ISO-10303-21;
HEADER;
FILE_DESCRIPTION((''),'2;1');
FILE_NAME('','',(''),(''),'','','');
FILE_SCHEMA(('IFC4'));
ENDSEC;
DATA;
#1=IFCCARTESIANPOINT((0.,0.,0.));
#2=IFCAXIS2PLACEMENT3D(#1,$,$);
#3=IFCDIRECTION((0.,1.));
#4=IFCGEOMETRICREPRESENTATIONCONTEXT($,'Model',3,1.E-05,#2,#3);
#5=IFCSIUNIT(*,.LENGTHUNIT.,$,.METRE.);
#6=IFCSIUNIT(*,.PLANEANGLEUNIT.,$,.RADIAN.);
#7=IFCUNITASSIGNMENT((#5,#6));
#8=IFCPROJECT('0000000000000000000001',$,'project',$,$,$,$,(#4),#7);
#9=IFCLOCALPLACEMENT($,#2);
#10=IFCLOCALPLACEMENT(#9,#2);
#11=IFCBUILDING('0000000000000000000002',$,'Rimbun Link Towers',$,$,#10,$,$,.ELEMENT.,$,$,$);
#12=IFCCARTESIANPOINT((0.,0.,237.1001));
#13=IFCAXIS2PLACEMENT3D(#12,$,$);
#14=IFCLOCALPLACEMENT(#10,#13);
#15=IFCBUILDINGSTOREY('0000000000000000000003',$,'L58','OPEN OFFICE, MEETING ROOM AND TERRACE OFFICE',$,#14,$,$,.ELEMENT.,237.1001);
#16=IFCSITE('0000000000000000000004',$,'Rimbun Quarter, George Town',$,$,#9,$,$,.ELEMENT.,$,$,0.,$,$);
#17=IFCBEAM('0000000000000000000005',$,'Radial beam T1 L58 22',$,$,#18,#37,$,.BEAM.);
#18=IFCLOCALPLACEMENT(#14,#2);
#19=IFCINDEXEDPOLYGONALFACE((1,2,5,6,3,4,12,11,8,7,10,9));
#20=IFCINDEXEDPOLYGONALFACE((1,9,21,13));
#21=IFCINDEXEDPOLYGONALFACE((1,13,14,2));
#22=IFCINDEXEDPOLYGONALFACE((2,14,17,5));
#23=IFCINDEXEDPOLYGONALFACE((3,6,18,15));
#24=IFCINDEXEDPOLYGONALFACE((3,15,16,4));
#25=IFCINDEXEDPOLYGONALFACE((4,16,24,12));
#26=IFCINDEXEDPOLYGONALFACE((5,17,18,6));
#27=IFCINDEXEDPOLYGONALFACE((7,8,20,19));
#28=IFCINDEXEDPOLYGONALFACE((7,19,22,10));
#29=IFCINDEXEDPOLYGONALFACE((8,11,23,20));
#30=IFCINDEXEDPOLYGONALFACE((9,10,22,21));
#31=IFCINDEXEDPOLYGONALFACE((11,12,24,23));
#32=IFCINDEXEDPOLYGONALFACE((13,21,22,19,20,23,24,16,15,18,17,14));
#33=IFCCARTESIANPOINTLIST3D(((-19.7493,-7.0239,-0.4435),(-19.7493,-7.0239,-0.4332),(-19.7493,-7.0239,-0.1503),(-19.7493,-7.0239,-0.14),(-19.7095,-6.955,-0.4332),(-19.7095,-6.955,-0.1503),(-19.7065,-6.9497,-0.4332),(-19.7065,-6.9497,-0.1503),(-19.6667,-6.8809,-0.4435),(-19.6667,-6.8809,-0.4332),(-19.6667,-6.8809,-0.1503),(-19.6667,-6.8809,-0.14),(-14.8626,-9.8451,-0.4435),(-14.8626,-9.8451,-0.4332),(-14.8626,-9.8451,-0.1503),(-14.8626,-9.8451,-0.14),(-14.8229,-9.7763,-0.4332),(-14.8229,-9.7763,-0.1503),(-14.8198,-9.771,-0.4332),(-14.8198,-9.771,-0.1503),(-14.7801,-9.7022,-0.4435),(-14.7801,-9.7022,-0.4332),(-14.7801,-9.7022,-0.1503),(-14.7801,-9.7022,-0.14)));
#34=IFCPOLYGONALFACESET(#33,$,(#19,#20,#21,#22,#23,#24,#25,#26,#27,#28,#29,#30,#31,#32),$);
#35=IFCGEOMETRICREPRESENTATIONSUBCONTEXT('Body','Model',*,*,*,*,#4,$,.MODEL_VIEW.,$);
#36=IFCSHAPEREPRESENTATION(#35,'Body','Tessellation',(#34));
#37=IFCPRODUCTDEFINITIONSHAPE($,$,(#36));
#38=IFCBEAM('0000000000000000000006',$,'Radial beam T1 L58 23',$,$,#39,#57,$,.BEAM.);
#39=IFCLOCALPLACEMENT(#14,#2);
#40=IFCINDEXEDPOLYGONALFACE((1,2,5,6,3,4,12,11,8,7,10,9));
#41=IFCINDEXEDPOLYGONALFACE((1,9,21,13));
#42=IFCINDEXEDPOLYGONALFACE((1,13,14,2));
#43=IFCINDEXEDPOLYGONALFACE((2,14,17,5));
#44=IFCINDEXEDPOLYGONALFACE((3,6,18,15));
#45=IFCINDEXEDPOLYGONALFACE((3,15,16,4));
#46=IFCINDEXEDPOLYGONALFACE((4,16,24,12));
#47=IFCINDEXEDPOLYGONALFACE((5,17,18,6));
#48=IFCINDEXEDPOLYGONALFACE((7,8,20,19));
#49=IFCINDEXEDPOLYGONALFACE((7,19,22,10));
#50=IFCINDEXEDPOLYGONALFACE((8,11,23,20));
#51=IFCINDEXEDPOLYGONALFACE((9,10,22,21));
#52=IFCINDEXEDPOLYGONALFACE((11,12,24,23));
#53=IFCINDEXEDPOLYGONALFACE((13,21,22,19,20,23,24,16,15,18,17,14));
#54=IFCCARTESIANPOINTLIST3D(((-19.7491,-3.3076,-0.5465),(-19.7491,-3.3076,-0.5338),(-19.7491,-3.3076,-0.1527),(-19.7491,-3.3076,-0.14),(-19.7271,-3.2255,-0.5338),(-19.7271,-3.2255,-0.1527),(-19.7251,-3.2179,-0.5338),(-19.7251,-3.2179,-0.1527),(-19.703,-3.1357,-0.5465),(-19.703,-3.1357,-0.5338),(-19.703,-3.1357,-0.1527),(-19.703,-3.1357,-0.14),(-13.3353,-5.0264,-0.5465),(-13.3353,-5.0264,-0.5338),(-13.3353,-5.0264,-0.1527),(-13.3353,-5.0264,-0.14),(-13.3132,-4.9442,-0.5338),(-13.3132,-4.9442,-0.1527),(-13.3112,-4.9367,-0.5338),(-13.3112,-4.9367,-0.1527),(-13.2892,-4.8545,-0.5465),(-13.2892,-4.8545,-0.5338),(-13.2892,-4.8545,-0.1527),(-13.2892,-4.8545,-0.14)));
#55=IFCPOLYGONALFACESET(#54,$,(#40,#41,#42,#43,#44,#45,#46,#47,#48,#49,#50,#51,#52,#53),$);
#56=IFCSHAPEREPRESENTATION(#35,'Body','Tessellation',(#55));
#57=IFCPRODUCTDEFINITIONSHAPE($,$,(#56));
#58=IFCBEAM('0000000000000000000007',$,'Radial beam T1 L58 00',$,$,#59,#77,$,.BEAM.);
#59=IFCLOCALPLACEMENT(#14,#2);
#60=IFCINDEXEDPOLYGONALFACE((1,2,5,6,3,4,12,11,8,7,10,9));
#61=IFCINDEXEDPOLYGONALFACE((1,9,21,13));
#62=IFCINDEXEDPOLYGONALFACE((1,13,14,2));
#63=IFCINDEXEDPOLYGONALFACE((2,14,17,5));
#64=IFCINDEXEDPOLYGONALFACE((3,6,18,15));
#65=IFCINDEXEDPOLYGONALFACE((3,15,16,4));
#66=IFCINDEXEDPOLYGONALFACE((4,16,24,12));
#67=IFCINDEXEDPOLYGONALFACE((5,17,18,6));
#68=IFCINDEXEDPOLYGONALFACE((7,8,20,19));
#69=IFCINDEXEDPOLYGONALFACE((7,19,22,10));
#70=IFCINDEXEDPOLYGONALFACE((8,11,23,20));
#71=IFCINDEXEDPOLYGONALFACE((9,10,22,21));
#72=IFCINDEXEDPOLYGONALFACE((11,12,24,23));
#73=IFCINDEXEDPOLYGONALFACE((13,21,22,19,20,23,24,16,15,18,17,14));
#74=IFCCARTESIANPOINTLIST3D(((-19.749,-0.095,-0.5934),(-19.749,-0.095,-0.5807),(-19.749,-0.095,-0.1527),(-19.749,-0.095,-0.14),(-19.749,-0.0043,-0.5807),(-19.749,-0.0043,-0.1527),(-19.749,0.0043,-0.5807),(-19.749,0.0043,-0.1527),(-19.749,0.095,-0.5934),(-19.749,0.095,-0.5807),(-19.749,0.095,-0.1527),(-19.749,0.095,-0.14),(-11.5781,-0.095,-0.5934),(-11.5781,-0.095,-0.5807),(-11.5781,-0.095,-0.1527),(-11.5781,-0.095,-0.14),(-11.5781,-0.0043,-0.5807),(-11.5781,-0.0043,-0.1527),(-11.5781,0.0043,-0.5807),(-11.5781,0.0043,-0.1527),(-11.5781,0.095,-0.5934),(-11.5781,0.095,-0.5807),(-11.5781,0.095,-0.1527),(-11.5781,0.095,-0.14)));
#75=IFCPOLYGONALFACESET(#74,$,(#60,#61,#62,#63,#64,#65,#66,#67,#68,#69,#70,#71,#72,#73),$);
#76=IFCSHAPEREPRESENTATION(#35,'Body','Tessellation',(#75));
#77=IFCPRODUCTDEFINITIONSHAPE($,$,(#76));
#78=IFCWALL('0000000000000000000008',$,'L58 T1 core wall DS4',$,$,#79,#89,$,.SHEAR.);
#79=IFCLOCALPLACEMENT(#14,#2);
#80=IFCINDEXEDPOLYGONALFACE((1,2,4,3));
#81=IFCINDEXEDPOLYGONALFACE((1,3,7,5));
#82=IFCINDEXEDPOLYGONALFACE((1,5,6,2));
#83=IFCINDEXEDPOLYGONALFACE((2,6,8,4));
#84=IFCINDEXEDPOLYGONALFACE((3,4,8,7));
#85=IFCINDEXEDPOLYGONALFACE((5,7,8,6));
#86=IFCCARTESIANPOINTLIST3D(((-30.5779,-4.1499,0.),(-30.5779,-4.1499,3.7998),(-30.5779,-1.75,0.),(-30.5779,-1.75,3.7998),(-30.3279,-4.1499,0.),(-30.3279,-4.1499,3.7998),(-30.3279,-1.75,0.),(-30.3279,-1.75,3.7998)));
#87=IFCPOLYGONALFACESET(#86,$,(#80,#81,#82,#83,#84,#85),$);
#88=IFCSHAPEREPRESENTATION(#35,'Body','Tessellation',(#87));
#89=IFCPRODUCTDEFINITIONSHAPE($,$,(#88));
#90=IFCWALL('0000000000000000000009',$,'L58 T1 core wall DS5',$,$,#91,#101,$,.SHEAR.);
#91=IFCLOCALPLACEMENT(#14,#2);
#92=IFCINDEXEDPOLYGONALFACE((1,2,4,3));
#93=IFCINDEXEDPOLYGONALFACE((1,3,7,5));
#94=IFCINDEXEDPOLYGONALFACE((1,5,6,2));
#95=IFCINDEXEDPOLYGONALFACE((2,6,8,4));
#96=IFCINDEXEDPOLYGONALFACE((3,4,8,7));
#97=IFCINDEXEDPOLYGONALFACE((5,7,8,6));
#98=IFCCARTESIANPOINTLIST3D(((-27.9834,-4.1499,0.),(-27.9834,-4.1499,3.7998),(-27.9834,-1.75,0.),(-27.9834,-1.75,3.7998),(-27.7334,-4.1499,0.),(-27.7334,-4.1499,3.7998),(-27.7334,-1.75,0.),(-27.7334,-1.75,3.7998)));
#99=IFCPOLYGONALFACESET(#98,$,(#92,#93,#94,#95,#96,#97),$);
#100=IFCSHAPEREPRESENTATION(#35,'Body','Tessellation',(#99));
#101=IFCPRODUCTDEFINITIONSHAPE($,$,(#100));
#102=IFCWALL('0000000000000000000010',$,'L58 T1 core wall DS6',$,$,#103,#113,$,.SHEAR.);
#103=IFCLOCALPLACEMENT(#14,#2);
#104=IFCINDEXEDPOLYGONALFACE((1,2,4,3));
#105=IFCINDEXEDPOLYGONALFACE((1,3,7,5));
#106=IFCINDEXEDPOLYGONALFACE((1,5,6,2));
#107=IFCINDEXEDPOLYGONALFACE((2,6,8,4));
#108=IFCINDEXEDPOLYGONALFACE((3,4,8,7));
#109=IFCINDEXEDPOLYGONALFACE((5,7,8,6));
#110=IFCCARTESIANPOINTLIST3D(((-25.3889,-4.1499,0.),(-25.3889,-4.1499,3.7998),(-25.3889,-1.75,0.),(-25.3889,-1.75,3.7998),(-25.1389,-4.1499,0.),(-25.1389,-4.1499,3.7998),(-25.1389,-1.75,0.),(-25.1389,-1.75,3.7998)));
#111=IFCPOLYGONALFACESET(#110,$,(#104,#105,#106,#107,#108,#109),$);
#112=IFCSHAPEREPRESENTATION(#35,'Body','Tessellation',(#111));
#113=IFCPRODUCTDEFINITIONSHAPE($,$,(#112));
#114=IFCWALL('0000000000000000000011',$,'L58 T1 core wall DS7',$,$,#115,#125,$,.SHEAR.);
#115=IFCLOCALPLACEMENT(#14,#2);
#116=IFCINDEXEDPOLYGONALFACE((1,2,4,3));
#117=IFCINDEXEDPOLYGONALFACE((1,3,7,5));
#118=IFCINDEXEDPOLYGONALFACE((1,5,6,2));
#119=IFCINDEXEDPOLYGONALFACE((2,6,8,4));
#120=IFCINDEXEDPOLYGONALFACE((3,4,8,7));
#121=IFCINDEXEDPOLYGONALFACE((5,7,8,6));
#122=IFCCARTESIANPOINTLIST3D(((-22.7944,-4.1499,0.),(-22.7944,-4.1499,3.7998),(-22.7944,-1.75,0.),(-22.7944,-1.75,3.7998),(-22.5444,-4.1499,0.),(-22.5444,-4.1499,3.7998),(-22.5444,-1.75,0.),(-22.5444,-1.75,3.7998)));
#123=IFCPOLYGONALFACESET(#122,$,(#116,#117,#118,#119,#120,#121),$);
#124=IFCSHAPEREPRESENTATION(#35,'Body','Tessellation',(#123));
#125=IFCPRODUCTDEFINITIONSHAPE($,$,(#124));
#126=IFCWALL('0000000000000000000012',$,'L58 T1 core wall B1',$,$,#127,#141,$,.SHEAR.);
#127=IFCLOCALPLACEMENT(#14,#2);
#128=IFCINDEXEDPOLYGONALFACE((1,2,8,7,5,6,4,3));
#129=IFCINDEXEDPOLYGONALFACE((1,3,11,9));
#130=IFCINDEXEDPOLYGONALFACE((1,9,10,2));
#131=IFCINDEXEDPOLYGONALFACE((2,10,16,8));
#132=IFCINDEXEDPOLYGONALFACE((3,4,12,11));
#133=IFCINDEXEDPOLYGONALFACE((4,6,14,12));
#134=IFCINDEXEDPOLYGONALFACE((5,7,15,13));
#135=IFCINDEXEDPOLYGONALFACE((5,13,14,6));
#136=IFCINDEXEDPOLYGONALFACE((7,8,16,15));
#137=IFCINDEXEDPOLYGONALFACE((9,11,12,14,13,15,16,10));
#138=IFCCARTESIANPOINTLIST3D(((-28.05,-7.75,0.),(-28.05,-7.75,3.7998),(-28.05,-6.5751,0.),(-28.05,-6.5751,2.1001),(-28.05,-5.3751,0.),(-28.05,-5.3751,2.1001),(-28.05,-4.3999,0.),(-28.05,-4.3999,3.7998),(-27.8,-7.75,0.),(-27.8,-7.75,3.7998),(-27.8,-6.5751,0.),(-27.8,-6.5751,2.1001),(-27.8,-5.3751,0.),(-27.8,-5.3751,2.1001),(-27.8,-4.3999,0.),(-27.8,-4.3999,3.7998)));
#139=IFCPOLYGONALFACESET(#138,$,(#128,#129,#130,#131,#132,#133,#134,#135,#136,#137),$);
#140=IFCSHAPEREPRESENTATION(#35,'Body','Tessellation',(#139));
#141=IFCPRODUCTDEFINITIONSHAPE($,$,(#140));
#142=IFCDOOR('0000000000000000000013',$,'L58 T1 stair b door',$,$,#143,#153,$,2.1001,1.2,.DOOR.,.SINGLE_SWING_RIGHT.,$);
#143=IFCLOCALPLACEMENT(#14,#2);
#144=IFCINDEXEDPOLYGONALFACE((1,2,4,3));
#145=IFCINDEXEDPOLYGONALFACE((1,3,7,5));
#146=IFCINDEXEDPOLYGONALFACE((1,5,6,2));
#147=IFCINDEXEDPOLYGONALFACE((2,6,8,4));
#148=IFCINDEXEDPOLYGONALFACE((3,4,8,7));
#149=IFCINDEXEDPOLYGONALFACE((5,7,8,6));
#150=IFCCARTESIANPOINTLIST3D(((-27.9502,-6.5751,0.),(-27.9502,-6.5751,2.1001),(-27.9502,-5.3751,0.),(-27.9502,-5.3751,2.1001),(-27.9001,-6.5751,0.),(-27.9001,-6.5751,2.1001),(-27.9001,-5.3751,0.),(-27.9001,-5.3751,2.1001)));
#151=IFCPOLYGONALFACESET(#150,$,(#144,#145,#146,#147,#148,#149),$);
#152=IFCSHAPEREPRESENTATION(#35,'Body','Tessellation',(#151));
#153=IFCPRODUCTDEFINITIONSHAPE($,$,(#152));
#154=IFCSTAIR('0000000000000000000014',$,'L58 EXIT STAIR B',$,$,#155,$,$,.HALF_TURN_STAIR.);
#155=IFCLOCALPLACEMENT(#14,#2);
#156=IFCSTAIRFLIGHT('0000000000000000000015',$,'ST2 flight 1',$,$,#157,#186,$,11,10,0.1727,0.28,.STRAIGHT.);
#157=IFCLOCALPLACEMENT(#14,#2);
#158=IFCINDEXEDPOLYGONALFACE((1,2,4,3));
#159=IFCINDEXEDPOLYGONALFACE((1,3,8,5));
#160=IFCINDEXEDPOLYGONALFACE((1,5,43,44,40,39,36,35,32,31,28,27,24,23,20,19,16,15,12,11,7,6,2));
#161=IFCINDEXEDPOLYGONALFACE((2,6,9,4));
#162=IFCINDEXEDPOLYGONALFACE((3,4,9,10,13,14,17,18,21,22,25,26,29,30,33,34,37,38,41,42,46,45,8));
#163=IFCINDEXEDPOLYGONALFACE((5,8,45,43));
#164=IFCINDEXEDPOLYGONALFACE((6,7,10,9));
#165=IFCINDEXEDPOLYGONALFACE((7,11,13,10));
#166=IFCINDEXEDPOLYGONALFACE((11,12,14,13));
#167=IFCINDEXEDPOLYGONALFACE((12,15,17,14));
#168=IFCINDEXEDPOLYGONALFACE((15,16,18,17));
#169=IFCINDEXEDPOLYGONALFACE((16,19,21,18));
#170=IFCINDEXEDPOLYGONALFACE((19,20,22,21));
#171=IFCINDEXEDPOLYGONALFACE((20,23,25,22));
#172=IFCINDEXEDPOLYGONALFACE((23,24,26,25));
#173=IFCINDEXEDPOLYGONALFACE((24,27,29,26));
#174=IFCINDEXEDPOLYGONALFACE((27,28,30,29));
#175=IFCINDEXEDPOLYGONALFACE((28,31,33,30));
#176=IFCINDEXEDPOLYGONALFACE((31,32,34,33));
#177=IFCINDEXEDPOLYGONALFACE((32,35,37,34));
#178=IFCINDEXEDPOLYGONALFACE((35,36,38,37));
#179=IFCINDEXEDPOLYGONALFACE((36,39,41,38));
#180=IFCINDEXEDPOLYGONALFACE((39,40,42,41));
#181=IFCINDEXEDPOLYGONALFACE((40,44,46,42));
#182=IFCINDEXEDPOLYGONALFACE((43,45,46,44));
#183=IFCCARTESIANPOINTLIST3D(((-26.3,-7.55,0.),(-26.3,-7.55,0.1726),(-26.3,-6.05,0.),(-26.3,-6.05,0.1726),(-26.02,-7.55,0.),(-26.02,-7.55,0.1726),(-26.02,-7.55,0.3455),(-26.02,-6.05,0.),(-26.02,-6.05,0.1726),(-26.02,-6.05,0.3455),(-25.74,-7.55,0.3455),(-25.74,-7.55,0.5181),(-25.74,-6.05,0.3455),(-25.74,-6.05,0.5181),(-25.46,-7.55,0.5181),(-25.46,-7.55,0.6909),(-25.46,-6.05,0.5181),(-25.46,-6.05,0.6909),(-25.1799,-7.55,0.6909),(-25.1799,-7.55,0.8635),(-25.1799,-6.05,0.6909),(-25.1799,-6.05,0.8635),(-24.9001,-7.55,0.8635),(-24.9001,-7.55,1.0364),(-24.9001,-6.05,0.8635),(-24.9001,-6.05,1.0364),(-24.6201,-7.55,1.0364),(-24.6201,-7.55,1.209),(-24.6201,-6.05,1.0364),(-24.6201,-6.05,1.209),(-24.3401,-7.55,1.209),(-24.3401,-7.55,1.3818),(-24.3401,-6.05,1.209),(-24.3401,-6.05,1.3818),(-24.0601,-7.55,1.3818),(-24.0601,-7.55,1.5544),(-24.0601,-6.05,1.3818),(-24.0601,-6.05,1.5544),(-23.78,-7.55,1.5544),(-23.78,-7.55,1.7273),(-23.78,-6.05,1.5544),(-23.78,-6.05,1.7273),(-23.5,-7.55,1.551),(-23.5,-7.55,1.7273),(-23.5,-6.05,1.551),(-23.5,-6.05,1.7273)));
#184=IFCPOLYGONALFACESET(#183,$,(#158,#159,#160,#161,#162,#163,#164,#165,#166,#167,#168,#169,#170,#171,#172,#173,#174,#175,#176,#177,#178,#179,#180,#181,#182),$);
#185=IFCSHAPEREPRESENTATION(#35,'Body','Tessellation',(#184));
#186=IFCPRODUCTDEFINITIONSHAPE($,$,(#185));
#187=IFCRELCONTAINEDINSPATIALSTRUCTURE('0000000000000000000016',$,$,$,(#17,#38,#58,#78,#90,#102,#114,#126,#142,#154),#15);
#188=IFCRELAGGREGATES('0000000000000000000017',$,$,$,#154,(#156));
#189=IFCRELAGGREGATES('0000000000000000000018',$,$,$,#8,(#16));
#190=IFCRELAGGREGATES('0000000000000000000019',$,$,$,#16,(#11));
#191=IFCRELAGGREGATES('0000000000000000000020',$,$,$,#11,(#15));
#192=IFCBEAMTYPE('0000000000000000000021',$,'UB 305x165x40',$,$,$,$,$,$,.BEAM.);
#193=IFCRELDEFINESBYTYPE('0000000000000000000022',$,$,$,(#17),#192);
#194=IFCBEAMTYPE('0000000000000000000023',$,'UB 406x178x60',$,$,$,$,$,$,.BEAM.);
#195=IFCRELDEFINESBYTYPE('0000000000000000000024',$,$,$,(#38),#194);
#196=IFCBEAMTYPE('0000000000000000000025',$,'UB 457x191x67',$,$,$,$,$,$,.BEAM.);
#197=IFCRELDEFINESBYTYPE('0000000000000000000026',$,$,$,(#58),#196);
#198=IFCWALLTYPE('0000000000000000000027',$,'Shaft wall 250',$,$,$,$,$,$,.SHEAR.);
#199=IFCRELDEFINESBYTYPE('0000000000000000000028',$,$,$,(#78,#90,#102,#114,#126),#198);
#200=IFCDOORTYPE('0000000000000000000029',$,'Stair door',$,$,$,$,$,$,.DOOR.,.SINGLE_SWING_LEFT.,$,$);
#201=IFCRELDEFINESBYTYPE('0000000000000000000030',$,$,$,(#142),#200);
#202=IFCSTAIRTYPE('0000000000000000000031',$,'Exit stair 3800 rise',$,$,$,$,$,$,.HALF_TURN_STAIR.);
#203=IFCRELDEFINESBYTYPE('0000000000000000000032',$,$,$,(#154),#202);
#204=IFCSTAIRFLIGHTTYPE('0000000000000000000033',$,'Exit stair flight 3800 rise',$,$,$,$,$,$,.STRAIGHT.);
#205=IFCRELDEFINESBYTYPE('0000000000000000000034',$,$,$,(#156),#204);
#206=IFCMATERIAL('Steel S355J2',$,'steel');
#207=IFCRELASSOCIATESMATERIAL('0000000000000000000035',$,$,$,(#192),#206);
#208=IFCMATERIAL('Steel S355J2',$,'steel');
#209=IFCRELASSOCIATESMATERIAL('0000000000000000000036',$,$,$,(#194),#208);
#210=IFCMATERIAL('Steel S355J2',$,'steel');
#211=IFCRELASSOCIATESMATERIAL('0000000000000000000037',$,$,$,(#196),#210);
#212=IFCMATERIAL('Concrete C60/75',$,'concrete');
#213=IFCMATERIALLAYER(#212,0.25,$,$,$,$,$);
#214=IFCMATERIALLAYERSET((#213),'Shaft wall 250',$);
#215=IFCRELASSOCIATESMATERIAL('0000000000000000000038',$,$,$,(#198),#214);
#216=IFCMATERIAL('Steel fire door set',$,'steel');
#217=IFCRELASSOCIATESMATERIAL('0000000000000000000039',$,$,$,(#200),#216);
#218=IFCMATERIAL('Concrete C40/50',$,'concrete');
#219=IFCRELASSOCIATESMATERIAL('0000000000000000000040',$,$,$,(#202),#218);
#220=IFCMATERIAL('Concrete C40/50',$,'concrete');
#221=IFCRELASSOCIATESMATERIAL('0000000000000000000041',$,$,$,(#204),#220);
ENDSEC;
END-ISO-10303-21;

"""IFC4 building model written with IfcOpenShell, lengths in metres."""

from ifc_helpers import new_model, si_unit, direction, frame, frame_2d, origin, origin_2d, place, context, subcontext, project, spatial, polyline, rectangle, i_section, outline, extrude, material, layer, layer_set, material_profile, profile_set, type_object, element, fill, aggregate, save


model = new_model("IFC4")

# Units and contexts
model_context = context("Model", 3, precision=1e-05, world=origin(), true_north=direction((0.0, 1.0)))
body_context = subcontext(model_context, "Body", "Model", "MODEL_VIEW")
ifc_project = project(units=[si_unit("LENGTHUNIT", "METRE"), si_unit("PLANEANGLEUNIT", "RADIAN")], contexts=[model_context])

# Site, building, storey
site_placement = place(None, origin())
site = spatial("IfcSite", under=ifc_project, at=site_placement, Name="Rimbun Quarter, George Town", CompositionType="ELEMENT", RefElevation=0.0)
building_placement = place(site_placement, origin())
building = spatial("IfcBuilding", under=site, at=building_placement, Name="Rimbun Link Towers", CompositionType="ELEMENT")
storey_placement = place(building_placement, frame((0.0, 0.0, 237.1001)))
storey = spatial("IfcBuildingStorey", under=building, at=storey_placement, Name="L58", Description="OPEN OFFICE, MEETING ROOM AND TERRACE OFFICE", CompositionType="ELEMENT", Elevation=237.1001)

# Beams
ifc_material_1 = material(Name="Steel S355J2", Category="steel")
ifc_material_profile_1 = material_profile(ifc_material_1, i_section(OverallWidth=0.165, OverallDepth=0.3035, WebThickness=0.0061, FlangeThickness=0.0103, at=origin_2d()), Name="UB 305x165x40")
ifc_profile_set_1 = profile_set([ifc_material_profile_1], Name="Steel S355J2")
beam_type_1 = type_object("IfcBeamType", Name="UB 305x165x40", PredefinedType="BEAM", material=ifc_profile_set_1)
beam_1_placement = place(storey_placement, frame((-19.708, -6.9524, -0.2917), z_axis=(0.86603, -0.499992, 0.0), x_axis=(0.499992, 0.86603, 0.0)))
element("IfcBeam", 1, at=beam_1_placement, inside=storey, type_object=beam_type_1, Name="Radial beam T1 L58 22", PredefinedType="BEAM", context=body_context, shape_type="SweptSolid", body=[
    extrude(i_section(OverallWidth=0.165, OverallDepth=0.3035, WebThickness=0.0061, FlangeThickness=0.0103, at=origin_2d()), origin(), (0.0, 0.0, 1.0), 5.6426),
])
ifc_material_2 = material(Name="Steel S355J2", Category="steel")
ifc_material_profile_2 = material_profile(ifc_material_2, i_section(OverallWidth=0.178, OverallDepth=0.4065, WebThickness=0.0078, FlangeThickness=0.0127, at=origin_2d()), Name="UB 406x178x60")
ifc_profile_set_2 = profile_set([ifc_material_profile_2], Name="Steel S355J2")
beam_type_2 = type_object("IfcBeamType", Name="UB 406x178x60", PredefinedType="BEAM", material=ifc_profile_set_2)
beam_2_placement = place(storey_placement, frame((-19.7261, -3.2217, -0.3433), z_axis=(0.965919, -0.258843, 0.0), x_axis=(0.258843, 0.965919, 0.0)))
element("IfcBeam", 2, at=beam_2_placement, inside=storey, type_object=beam_type_2, Name="Radial beam T1 L58 23", PredefinedType="BEAM", context=body_context, shape_type="SweptSolid", body=[
    extrude(i_section(OverallWidth=0.178, OverallDepth=0.4065, WebThickness=0.0078, FlangeThickness=0.0127, at=origin_2d()), origin(), (0.0, 0.0, 1.0), 6.6401),
])
ifc_material_3 = material(Name="Steel S355J2", Category="steel")
ifc_material_profile_3 = material_profile(ifc_material_3, i_section(OverallWidth=0.1899, OverallDepth=0.4534, WebThickness=0.0085, FlangeThickness=0.0127, at=origin_2d()), Name="UB 457x191x67")
ifc_profile_set_3 = profile_set([ifc_material_profile_3], Name="Steel S355J2")
beam_type_3 = type_object("IfcBeamType", Name="UB 457x191x67", PredefinedType="BEAM", material=ifc_profile_set_3)
beam_3_placement = place(storey_placement, frame((-19.749, 0.0, -0.3667), z_axis=(1.0, 0.0, 0.0), x_axis=(0.0, 1.0, 0.0)))
element("IfcBeam", 3, at=beam_3_placement, inside=storey, type_object=beam_type_3, Name="Radial beam T1 L58 00", PredefinedType="BEAM", context=body_context, shape_type="SweptSolid", body=[
    extrude(i_section(OverallWidth=0.1899, OverallDepth=0.4534, WebThickness=0.0085, FlangeThickness=0.0127, at=origin_2d()), origin(), (0.0, 0.0, 1.0), 8.1709),
])

# Walls
ifc_material_4 = material(Name="Concrete C60/75", Category="concrete")
ifc_layer = layer(ifc_material_4, 0.25)
ifc_layer_set = layer_set([ifc_layer], Name="Shaft wall 250")
wall_type = type_object("IfcWallType", Name="Shaft wall 250", PredefinedType="SHEAR", material=ifc_layer_set)
for number, where, z_axis, x_axis, name in (
    (4, (-30.4529, -4.1499, 0.0), (0.0, 0.0, 1.0), (0.0, 1.0, 0.0), "L58 T1 core wall DS4"),
    (5, (-27.8584, -4.1499, 0.0), (0.0, 0.0, 1.0), (0.0, 1.0, 0.0), "L58 T1 core wall DS5"),
    (6, (-25.2639, -4.1499, 0.0), (0.0, 0.0, 1.0), (0.0, 1.0, 0.0), "L58 T1 core wall DS6"),
    (7, (-22.6694, -4.1499, 0.0), (0.0, 0.0, 1.0), (0.0, 1.0, 0.0), "L58 T1 core wall DS7"),
):
    element("IfcWall", number, at=place(storey_placement, frame(where, z_axis=z_axis, x_axis=x_axis)), inside=storey, type_object=wall_type, Name=name, PredefinedType="SHEAR", context=body_context, shape_type="SweptSolid", body=[
        extrude(rectangle(XDim=2.3999, YDim=0.25, at=frame_2d((1.2, 0.0))), origin(), (0.0, 0.0, 1.0), 3.7998),
    ])

# Wall, opening, door
wall_placement = place(storey_placement, frame((-27.925, -4.3999, 0.0), z_axis=(0.0, 0.0, 1.0), x_axis=(0.0, -1.0, 0.0)))
wall = element("IfcWall", 8, at=wall_placement, inside=storey, type_object=wall_type, Name="L58 T1 core wall B1", PredefinedType="SHEAR", context=body_context, shape_type="SweptSolid", body=[
    extrude(rectangle(XDim=3.3501, YDim=0.25, at=frame_2d((1.675, 0.0))), origin(), (0.0, 0.0, 1.0), 3.7998),
])
opening_placement = place(wall_placement, frame((0.9751, 0.0, 0.0)))
opening = element("IfcOpeningElement", 9, at=opening_placement, cuts=wall, PredefinedType="OPENING", context=body_context, shape_type="SweptSolid", body=[
    extrude(rectangle(XDim=1.2, YDim=2.1001, at=frame_2d((0.6001, 1.05))), frame((0.0, 0.135, 0.0), z_axis=(0.0, -1.0, 0.0), x_axis=(1.0, 0.0, 0.0)), (0.0, 0.0, 1.0), 0.27),
])
ifc_material_5 = material(Name="Steel fire door set", Category="steel")
door_type = type_object("IfcDoorType", Name="Stair door", OperationType="SINGLE_SWING_LEFT", PredefinedType="DOOR", material=ifc_material_5)
door_placement = place(opening_placement, origin())
door = element("IfcDoor", 10, at=door_placement, inside=storey, type_object=door_type, Name="L58 T1 stair b door", OperationType="SINGLE_SWING_RIGHT", OverallHeight=2.1001, OverallWidth=1.2, PredefinedType="DOOR", context=body_context, shape_type="SweptSolid", body=[
    extrude(rectangle(XDim=1.2, YDim=2.1001, at=frame_2d((0.6001, 1.05))), frame((0.0, 0.0249, 0.0), z_axis=(0.0, -1.0, 0.0), x_axis=(1.0, 0.0, 0.0)), (0.0, 0.0, 1.0), 0.05),
])
fill(opening, door)

# Stair, stair flight
ifc_material_6 = material(Name="Concrete C40/50", Category="concrete")
stair_type = type_object("IfcStairType", Name="Exit stair 3800 rise", PredefinedType="HALF_TURN_STAIR", material=ifc_material_6)
stair_placement = place(storey_placement, origin())
stair = element("IfcStair", 11, at=stair_placement, inside=storey, type_object=stair_type, Name="L58 EXIT STAIR B", PredefinedType="HALF_TURN_STAIR")
ifc_material_7 = material(Name="Concrete C40/50", Category="concrete")
stair_flight_type = type_object("IfcStairFlightType", Name="Exit stair flight 3800 rise", PredefinedType="STRAIGHT", material=ifc_material_7)
stair_flight_1_placement = place(storey_placement, frame((-26.3, -6.8, 0.0), z_axis=(0.0, 0.0, 1.0), x_axis=(1.0, 0.0, 0.0)))
stair_flight_1 = element("IfcStairFlight", 12, at=stair_flight_1_placement, type_object=stair_flight_type, Name="ST2 flight 1", NumberOfRisers=11, NumberOfTreads=10, PredefinedType="STRAIGHT", RiserHeight=0.1727, TreadLength=0.28, context=body_context, shape_type="SweptSolid", body=[
    extrude(outline(polyline([(0.0, 0.0), (0.0, 0.1726), (0.28, 0.1726), (0.28, 0.3455), (0.5601, 0.3455), (0.5601, 0.5181), (0.8401, 0.5181), (0.8401, 0.6909), (1.1201, 0.6909), (1.1201, 0.8635), (1.3999, 0.8635), (1.3999, 1.0364), (1.6799, 1.0364), (1.6799, 1.209), (1.96, 1.209), (1.96, 1.3818), (2.24, 1.3818), (2.24, 1.5544), (2.52, 1.5544), (2.52, 1.7273), (2.8, 1.7273), (2.8, 1.8999), (2.8, 1.551), (0.28, 0.0), (0.0, 0.0)])), frame((0.0, 0.75, 0.0), z_axis=(0.0, -1.0, 0.0), x_axis=(1.0, 0.0, 0.0)), (0.0, 0.0, 1.0), 1.5),
])
aggregate(stair, [stair_flight_1])

save(model, "model.ifc")
